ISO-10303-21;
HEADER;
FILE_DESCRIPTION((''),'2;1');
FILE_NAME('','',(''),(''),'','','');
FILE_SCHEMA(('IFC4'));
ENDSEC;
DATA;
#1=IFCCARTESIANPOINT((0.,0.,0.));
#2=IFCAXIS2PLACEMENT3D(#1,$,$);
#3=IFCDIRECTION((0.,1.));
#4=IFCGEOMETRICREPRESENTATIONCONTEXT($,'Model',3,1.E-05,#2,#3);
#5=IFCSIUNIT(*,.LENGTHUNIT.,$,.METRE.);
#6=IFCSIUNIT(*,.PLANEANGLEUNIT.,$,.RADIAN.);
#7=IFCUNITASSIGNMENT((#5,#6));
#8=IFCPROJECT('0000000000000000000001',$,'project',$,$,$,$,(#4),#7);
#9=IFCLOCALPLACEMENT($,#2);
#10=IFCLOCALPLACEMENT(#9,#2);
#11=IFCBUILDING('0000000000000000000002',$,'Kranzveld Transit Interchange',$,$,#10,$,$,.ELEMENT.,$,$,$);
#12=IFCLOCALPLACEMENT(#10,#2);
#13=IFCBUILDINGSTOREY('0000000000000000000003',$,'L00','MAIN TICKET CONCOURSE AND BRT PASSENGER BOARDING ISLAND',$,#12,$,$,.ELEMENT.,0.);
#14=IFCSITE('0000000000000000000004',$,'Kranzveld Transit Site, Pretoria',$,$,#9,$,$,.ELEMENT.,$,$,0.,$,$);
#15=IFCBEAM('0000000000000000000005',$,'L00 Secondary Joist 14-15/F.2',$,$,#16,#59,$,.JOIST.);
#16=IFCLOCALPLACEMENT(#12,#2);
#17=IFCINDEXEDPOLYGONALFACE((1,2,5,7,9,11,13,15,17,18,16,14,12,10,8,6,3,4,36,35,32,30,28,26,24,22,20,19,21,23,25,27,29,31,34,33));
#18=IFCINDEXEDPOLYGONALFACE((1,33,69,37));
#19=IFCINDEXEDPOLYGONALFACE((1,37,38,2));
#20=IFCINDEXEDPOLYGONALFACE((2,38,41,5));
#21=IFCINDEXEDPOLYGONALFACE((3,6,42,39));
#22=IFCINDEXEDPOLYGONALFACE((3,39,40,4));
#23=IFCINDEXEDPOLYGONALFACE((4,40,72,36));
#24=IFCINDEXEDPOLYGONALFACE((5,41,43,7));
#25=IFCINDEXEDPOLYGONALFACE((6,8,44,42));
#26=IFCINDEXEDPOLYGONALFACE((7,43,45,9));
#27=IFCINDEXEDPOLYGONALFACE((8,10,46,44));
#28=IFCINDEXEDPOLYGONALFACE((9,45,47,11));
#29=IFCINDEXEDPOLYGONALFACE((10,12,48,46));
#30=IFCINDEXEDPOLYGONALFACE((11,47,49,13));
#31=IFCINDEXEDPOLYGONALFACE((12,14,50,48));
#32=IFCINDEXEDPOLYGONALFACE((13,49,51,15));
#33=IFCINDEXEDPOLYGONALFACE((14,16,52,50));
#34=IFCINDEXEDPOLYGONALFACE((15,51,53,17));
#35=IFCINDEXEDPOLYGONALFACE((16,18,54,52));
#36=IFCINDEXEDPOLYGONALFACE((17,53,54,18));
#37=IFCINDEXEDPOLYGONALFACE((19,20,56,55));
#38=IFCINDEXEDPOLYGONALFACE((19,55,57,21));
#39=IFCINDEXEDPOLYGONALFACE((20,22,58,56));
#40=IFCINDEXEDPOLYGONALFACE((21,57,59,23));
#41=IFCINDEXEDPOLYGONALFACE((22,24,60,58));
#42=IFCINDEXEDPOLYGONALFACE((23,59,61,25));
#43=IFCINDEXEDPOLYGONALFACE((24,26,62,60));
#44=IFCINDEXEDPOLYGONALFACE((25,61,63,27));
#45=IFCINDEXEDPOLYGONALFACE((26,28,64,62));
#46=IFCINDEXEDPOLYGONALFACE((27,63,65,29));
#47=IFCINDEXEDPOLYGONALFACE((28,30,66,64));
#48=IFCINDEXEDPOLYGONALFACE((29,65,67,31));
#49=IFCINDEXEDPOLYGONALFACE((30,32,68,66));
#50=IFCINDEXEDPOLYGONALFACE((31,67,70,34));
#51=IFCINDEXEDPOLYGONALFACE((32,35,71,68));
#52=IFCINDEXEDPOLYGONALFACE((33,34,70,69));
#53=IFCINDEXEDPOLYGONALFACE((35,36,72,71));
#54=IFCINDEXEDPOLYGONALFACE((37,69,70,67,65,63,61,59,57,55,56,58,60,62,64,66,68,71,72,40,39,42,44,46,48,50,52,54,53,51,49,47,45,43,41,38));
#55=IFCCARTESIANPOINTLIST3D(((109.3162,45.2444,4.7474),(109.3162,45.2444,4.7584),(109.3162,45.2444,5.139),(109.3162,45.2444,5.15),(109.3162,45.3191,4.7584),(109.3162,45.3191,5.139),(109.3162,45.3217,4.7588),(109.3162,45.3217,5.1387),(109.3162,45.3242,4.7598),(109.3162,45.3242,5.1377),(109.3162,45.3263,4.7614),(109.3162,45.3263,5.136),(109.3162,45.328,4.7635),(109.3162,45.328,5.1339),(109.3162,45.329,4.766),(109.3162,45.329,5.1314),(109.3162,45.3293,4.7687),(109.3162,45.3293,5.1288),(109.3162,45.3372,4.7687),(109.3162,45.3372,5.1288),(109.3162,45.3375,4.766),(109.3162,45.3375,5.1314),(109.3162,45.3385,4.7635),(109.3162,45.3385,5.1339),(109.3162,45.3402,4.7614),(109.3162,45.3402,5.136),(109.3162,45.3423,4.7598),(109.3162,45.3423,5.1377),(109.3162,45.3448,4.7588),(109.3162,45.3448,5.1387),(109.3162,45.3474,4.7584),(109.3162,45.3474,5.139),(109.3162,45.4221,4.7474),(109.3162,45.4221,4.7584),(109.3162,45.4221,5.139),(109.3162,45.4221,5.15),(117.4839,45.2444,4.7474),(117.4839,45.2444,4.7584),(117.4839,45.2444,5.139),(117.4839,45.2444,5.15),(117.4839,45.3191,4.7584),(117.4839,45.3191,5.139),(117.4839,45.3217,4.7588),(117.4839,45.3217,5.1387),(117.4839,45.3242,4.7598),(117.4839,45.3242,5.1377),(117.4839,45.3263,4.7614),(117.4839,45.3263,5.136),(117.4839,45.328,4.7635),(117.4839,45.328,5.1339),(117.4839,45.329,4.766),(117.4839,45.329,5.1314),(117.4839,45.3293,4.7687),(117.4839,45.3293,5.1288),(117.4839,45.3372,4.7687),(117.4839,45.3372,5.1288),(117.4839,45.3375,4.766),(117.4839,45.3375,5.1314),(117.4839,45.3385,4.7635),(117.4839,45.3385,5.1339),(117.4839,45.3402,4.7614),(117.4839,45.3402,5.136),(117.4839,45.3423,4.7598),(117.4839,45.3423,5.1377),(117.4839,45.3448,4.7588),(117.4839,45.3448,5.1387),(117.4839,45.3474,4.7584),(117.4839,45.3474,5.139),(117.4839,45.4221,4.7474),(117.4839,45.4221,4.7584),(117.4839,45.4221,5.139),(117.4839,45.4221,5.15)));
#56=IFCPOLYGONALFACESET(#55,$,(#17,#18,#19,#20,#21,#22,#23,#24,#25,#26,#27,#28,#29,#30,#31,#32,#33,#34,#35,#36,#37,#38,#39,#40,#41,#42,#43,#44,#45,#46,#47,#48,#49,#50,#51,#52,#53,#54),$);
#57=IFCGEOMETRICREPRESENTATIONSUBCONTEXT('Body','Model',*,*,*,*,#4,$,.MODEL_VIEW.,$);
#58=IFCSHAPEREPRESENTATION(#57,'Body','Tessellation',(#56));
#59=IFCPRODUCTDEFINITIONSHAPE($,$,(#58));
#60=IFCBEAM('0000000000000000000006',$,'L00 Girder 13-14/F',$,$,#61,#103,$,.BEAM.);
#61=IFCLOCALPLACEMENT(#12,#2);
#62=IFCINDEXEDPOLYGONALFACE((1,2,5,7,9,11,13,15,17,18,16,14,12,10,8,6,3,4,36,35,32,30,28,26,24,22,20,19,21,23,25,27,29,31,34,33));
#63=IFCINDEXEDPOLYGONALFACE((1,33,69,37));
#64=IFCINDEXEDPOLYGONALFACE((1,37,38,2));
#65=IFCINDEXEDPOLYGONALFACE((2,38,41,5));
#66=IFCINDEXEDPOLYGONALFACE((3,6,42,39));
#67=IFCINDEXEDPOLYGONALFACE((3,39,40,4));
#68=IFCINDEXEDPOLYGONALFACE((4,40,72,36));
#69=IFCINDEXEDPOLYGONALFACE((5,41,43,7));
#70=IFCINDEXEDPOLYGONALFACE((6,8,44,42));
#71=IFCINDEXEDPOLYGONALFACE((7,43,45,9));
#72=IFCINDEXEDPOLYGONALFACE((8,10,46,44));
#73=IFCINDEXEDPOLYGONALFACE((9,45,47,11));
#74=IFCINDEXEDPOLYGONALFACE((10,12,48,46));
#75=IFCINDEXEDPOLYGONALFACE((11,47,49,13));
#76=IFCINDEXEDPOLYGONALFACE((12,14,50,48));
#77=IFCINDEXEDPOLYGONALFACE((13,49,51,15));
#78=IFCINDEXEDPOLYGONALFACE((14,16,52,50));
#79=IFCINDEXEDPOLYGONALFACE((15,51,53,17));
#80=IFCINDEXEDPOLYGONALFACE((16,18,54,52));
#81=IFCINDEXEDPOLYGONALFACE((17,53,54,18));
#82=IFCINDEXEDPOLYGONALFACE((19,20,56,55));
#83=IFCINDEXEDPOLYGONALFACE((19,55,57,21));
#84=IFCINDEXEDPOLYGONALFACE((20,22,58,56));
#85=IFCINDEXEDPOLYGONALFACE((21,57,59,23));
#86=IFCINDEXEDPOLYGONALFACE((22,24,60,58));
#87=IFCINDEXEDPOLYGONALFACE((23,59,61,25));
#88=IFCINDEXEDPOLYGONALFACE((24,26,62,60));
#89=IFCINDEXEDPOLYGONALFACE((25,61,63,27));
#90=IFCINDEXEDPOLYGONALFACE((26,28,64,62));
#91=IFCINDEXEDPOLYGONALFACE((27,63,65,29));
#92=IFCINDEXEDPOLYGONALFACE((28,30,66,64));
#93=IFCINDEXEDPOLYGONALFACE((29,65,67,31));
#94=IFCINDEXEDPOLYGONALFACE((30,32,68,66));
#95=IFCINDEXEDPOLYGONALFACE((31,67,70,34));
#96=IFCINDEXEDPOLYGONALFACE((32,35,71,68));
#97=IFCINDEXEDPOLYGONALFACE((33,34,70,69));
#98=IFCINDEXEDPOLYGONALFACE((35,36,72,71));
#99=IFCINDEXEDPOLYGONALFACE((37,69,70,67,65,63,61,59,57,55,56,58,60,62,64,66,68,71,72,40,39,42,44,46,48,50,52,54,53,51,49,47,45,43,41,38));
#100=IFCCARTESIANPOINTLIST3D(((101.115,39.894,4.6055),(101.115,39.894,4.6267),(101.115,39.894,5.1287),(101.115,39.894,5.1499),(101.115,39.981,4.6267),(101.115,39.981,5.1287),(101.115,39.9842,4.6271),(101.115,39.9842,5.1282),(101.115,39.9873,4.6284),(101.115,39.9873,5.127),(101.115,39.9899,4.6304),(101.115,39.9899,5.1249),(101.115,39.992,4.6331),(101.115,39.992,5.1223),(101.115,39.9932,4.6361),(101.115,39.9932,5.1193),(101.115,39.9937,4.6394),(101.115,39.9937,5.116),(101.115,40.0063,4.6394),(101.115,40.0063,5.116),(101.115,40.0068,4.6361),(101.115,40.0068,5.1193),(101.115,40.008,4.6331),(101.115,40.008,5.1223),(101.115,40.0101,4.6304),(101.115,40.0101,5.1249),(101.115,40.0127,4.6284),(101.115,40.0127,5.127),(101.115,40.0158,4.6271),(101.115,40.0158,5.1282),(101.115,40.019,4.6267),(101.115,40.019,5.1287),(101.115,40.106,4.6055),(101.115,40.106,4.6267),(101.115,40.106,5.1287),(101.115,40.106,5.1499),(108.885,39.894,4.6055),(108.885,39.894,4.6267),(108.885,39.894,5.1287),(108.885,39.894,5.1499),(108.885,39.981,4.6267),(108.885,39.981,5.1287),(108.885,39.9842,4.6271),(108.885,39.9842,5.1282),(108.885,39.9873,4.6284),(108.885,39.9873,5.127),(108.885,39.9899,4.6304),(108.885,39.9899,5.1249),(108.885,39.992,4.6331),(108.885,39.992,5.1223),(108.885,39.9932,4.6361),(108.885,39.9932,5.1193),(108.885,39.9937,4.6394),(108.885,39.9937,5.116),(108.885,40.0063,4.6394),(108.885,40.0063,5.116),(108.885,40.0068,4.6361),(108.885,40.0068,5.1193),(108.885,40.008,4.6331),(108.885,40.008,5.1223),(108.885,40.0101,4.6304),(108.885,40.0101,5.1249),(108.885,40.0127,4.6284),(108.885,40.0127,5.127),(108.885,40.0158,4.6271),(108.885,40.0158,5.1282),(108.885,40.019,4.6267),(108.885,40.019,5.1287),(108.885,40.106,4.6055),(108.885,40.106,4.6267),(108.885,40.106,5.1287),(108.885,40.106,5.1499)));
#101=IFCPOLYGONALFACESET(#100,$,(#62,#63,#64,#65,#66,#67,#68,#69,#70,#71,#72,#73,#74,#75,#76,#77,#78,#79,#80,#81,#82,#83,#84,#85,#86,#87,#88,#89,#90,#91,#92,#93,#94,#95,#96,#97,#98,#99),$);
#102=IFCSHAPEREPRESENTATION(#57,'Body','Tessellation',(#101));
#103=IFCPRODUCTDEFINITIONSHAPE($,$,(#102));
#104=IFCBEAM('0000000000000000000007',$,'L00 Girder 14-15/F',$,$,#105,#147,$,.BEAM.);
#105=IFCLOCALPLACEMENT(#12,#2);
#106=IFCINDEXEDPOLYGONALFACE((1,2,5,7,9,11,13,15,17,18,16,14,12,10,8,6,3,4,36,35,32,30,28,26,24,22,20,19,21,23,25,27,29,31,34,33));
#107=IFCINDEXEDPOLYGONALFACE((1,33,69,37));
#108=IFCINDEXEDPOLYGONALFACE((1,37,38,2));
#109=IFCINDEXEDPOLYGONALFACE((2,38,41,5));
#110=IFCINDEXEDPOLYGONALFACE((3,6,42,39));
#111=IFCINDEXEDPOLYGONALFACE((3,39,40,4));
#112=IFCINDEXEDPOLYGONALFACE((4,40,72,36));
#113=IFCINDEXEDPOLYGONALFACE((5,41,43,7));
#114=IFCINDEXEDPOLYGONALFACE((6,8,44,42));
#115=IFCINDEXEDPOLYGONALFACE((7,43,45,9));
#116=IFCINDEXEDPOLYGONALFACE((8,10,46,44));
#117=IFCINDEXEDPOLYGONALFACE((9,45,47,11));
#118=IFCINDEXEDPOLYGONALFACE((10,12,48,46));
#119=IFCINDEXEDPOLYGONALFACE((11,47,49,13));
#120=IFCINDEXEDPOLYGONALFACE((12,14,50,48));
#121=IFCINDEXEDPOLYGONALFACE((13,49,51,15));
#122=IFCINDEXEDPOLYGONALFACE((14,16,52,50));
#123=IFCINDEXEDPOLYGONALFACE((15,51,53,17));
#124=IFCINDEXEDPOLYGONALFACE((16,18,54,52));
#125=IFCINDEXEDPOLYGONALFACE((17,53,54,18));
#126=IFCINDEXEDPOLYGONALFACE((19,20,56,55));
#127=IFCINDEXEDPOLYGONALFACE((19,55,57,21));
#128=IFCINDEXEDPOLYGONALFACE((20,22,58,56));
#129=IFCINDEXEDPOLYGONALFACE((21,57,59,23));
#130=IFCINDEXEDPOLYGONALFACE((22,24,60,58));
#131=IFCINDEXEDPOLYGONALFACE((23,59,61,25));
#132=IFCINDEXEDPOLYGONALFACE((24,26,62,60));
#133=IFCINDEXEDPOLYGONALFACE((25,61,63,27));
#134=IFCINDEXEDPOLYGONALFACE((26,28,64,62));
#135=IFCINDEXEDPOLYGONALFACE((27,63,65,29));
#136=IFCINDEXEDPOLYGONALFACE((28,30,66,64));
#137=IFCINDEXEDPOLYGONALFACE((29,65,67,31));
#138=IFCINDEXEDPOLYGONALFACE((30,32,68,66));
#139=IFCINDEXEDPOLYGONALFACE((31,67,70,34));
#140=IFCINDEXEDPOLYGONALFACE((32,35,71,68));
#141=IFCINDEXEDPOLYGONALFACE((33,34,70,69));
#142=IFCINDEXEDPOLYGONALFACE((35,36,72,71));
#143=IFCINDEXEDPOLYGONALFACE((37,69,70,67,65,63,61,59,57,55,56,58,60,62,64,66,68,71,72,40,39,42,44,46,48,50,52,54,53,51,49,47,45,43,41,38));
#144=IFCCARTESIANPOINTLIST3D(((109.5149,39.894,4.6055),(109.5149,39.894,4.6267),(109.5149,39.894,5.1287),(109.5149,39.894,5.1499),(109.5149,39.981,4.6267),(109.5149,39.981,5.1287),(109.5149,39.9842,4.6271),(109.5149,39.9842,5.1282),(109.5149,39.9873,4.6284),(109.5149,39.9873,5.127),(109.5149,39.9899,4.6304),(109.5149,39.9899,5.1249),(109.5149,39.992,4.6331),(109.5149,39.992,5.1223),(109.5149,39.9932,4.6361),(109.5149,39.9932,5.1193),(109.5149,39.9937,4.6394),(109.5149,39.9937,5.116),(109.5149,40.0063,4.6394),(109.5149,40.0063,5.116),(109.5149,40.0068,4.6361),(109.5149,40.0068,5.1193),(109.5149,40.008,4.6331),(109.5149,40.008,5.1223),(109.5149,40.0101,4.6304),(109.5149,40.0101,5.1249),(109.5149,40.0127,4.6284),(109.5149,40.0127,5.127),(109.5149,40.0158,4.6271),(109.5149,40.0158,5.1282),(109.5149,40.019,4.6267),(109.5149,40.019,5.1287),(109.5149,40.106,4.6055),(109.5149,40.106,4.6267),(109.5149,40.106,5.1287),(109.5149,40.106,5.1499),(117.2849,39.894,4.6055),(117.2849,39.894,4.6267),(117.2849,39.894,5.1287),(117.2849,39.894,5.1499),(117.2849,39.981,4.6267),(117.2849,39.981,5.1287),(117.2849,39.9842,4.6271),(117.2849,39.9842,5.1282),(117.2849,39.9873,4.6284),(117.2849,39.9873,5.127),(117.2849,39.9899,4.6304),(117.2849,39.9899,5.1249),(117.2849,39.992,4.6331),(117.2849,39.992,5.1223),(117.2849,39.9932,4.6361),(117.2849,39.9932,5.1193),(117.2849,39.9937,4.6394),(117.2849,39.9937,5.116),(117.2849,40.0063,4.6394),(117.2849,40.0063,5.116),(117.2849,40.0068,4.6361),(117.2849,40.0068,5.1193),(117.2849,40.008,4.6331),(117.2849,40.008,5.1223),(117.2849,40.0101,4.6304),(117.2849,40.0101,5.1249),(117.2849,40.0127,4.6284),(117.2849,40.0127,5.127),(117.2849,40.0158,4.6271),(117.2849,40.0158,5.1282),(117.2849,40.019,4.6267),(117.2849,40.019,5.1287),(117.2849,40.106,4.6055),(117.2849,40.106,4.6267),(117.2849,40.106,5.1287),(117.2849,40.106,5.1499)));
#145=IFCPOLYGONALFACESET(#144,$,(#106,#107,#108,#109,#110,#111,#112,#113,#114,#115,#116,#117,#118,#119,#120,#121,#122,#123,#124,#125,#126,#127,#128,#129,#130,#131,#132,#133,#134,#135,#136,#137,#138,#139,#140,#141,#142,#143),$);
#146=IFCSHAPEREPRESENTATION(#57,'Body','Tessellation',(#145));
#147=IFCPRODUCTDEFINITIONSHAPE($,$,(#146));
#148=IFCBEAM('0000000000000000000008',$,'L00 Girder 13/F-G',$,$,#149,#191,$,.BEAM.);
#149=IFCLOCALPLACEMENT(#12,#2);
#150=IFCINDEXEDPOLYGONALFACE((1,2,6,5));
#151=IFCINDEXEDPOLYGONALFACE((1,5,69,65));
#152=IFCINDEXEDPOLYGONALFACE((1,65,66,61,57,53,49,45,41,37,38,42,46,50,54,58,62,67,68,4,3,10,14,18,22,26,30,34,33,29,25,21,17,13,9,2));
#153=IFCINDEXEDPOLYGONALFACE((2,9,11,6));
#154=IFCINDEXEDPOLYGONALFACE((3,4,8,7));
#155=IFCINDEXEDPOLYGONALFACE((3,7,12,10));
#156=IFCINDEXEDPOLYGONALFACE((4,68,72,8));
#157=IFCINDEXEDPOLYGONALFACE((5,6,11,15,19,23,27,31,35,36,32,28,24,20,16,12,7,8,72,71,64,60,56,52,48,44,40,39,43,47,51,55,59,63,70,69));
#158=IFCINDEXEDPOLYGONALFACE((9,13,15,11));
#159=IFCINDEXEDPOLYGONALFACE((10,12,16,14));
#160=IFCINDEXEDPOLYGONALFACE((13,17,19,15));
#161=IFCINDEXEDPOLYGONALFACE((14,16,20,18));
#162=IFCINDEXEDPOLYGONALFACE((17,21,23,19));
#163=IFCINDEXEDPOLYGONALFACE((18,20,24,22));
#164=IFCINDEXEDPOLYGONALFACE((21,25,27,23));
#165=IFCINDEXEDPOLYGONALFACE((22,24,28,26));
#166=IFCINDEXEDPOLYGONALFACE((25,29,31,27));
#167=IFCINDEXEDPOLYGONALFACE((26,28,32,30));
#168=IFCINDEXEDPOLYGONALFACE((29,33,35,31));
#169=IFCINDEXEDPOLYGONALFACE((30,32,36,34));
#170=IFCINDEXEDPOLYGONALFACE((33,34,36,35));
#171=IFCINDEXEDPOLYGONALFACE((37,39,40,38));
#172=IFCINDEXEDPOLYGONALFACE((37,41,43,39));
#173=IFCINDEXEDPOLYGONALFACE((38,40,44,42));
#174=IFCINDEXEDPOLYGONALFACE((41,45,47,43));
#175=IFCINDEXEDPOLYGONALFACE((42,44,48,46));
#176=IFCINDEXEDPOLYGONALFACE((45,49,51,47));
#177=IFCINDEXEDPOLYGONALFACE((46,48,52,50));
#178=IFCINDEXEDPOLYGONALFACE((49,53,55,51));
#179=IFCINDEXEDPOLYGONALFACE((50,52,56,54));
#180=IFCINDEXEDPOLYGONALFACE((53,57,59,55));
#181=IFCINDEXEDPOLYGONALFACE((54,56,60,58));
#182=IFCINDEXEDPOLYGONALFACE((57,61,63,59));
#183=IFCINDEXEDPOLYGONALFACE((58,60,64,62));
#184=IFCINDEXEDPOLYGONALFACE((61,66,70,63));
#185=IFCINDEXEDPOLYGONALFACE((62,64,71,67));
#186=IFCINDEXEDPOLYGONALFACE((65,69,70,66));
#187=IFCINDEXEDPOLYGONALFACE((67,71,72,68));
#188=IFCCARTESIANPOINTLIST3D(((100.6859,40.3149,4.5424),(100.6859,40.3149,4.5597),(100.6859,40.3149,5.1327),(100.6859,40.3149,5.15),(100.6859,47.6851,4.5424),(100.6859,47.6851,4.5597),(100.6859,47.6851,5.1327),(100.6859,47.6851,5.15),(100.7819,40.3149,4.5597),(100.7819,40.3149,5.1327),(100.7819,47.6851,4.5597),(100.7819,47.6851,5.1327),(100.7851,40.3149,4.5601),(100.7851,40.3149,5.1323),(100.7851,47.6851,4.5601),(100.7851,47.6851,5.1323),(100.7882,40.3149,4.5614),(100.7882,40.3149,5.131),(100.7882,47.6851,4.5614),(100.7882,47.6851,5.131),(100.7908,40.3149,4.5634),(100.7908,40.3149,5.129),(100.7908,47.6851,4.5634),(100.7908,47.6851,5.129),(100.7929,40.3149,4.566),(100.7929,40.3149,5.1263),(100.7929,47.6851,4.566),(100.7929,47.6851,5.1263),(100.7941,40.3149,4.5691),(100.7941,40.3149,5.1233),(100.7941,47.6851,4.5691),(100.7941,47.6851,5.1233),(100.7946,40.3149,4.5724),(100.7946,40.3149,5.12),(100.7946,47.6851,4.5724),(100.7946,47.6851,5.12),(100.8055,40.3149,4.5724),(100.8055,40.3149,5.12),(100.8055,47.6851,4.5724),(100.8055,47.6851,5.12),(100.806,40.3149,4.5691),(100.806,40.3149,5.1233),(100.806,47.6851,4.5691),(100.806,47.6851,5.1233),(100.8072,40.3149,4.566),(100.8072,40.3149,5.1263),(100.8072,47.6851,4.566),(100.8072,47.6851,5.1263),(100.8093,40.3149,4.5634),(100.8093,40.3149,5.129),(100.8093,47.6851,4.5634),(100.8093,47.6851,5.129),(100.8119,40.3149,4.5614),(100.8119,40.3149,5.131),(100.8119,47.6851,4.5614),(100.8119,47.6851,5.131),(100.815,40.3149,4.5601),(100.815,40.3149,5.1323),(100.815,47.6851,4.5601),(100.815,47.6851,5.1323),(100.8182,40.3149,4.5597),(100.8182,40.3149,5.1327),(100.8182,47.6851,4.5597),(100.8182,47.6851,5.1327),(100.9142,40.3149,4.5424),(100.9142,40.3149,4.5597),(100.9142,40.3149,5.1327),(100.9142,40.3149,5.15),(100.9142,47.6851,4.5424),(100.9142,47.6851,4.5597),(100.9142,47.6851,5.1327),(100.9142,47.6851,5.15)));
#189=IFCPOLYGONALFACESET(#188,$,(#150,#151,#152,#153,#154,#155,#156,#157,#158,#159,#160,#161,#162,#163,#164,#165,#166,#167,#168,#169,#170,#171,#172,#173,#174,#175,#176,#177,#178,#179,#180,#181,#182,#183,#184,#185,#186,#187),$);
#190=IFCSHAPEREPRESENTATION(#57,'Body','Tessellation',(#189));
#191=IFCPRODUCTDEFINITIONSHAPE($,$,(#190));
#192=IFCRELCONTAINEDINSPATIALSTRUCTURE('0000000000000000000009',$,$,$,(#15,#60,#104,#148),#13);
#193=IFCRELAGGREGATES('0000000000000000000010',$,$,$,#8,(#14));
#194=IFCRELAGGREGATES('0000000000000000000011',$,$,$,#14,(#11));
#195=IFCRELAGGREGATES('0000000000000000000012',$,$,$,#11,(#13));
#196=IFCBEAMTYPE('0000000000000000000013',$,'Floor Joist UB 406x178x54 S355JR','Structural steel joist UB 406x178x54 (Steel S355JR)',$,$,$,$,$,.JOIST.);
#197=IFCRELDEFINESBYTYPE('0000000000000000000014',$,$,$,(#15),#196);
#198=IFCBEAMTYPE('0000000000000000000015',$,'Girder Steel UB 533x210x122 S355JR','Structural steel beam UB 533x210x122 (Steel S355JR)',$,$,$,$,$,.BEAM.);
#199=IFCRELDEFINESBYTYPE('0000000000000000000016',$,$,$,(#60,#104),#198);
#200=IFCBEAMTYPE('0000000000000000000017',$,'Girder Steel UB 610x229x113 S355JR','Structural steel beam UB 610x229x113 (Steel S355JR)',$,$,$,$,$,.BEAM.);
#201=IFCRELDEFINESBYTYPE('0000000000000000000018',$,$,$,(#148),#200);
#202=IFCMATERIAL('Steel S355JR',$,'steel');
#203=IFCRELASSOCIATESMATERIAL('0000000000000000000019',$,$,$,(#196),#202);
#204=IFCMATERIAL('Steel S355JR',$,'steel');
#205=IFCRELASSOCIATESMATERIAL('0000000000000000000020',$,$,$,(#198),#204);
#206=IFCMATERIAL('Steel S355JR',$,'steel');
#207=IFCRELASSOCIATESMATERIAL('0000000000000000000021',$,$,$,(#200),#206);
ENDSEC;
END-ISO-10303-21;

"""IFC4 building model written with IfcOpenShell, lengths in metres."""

from ifc_helpers import new_model, si_unit, direction, frame, origin, origin_2d, place, context, subcontext, project, spatial, i_section, extrude, material, material_profile, profile_set, type_object, element, save


model = new_model("IFC4")

# Units and contexts
model_context = context("Model", 3, precision=1e-05, world=origin(), true_north=direction((0.0, 1.0)))
body_context = subcontext(model_context, "Body", "Model", "MODEL_VIEW")
ifc_project = project(units=[si_unit("LENGTHUNIT", "METRE"), si_unit("PLANEANGLEUNIT", "RADIAN")], contexts=[model_context])

# Site, building, storey
site_placement = place(None, origin())
site = spatial("IfcSite", under=ifc_project, at=site_placement, Name="Kranzveld Transit Site, Pretoria", CompositionType="ELEMENT", RefElevation=0.0)
building_placement = place(site_placement, origin())
building = spatial("IfcBuilding", under=site, at=building_placement, Name="Kranzveld Transit Interchange", CompositionType="ELEMENT")
storey_placement = place(building_placement, origin())
storey = spatial("IfcBuildingStorey", under=building, at=storey_placement, Name="L00", Description="MAIN TICKET CONCOURSE AND BRT PASSENGER BOARDING ISLAND", CompositionType="ELEMENT", Elevation=0.0)

# Beams
ifc_material_1 = material(Name="Steel S355JR", Category="steel")
ifc_material_profile_1 = material_profile(ifc_material_1, i_section(OverallWidth=0.1777, OverallDepth=0.4026, WebThickness=0.0078, FlangeThickness=0.011, FilletRadius=0.0103, at=origin_2d()), Name="UB 406x178x54")
ifc_profile_set_1 = profile_set([ifc_material_profile_1], Name="Steel S355JR")
beam_type_1 = type_object("IfcBeamType", Name="Floor Joist UB 406x178x54 S355JR", Description="Structural steel joist UB 406x178x54 (Steel S355JR)", PredefinedType="JOIST", material=ifc_profile_set_1)
for number, where, z_axis, x_axis, name in (
    (1, (109.3162, 45.3333, 4.9487), (1.0, 0.0, 0.0), (0.0, 1.0, 0.0), "L00 Secondary Joist 14-15/F.2"),
):
    element("IfcBeam", number, at=place(storey_placement, frame(where, z_axis=z_axis, x_axis=x_axis)), inside=storey, type_object=beam_type_1, Name=name, PredefinedType="JOIST", context=body_context, shape_type="SweptSolid", body=[
        extrude(i_section(OverallWidth=0.1777, OverallDepth=0.4026, WebThickness=0.0078, FlangeThickness=0.011, FilletRadius=0.0103, at=origin_2d()), origin(), (0.0, 0.0, 1.0), 8.1677),
    ])
ifc_material_2 = material(Name="Steel S355JR", Category="steel")
ifc_material_profile_2 = material_profile(ifc_material_2, i_section(OverallWidth=0.2119, OverallDepth=0.5444, WebThickness=0.0127, FlangeThickness=0.0212, FilletRadius=0.0127, at=origin_2d()), Name="UB 533x210x122")
ifc_profile_set_2 = profile_set([ifc_material_profile_2], Name="Steel S355JR")
beam_type_2 = type_object("IfcBeamType", Name="Girder Steel UB 533x210x122 S355JR", Description="Structural steel beam UB 533x210x122 (Steel S355JR)", PredefinedType="BEAM", material=ifc_profile_set_2)
for number, where, z_axis, x_axis, name in (
    (2, (101.115, 40.0, 4.8777), (1.0, 0.0, 0.0), (0.0, 1.0, 0.0), "L00 Girder 13-14/F"),
    (3, (109.5149, 40.0, 4.8777), (1.0, 0.0, 0.0), (0.0, 1.0, 0.0), "L00 Girder 14-15/F"),
):
    element("IfcBeam", number, at=place(storey_placement, frame(where, z_axis=z_axis, x_axis=x_axis)), inside=storey, type_object=beam_type_2, Name=name, PredefinedType="BEAM", context=body_context, shape_type="SweptSolid", body=[
        extrude(i_section(OverallWidth=0.2119, OverallDepth=0.5444, WebThickness=0.0127, FlangeThickness=0.0212, FilletRadius=0.0127, at=origin_2d()), origin(), (0.0, 0.0, 1.0), 7.77),
    ])
ifc_material_3 = material(Name="Steel S355JR", Category="steel")
ifc_material_profile_3 = material_profile(ifc_material_3, i_section(OverallWidth=0.2283, OverallDepth=0.6077, WebThickness=0.011, FlangeThickness=0.0173, FilletRadius=0.0127, at=origin_2d()), Name="UB 610x229x113")
ifc_profile_set_3 = profile_set([ifc_material_profile_3], Name="Steel S355JR")
beam_type_3 = type_object("IfcBeamType", Name="Girder Steel UB 610x229x113 S355JR", Description="Structural steel beam UB 610x229x113 (Steel S355JR)", PredefinedType="BEAM", material=ifc_profile_set_3)
beam_1_placement = place(storey_placement, frame((100.8, 40.3149, 4.8462), z_axis=(0.0, 1.0, 0.0), x_axis=(-1.0, 0.0, 0.0)))
element("IfcBeam", 4, at=beam_1_placement, inside=storey, type_object=beam_type_3, Name="L00 Girder 13/F-G", PredefinedType="BEAM", context=body_context, shape_type="SweptSolid", body=[
    extrude(i_section(OverallWidth=0.2283, OverallDepth=0.6077, WebThickness=0.011, FlangeThickness=0.0173, FilletRadius=0.0127, at=origin_2d()), origin(), (0.0, 0.0, 1.0), 7.3701),
])

save(model, "model.ifc")
